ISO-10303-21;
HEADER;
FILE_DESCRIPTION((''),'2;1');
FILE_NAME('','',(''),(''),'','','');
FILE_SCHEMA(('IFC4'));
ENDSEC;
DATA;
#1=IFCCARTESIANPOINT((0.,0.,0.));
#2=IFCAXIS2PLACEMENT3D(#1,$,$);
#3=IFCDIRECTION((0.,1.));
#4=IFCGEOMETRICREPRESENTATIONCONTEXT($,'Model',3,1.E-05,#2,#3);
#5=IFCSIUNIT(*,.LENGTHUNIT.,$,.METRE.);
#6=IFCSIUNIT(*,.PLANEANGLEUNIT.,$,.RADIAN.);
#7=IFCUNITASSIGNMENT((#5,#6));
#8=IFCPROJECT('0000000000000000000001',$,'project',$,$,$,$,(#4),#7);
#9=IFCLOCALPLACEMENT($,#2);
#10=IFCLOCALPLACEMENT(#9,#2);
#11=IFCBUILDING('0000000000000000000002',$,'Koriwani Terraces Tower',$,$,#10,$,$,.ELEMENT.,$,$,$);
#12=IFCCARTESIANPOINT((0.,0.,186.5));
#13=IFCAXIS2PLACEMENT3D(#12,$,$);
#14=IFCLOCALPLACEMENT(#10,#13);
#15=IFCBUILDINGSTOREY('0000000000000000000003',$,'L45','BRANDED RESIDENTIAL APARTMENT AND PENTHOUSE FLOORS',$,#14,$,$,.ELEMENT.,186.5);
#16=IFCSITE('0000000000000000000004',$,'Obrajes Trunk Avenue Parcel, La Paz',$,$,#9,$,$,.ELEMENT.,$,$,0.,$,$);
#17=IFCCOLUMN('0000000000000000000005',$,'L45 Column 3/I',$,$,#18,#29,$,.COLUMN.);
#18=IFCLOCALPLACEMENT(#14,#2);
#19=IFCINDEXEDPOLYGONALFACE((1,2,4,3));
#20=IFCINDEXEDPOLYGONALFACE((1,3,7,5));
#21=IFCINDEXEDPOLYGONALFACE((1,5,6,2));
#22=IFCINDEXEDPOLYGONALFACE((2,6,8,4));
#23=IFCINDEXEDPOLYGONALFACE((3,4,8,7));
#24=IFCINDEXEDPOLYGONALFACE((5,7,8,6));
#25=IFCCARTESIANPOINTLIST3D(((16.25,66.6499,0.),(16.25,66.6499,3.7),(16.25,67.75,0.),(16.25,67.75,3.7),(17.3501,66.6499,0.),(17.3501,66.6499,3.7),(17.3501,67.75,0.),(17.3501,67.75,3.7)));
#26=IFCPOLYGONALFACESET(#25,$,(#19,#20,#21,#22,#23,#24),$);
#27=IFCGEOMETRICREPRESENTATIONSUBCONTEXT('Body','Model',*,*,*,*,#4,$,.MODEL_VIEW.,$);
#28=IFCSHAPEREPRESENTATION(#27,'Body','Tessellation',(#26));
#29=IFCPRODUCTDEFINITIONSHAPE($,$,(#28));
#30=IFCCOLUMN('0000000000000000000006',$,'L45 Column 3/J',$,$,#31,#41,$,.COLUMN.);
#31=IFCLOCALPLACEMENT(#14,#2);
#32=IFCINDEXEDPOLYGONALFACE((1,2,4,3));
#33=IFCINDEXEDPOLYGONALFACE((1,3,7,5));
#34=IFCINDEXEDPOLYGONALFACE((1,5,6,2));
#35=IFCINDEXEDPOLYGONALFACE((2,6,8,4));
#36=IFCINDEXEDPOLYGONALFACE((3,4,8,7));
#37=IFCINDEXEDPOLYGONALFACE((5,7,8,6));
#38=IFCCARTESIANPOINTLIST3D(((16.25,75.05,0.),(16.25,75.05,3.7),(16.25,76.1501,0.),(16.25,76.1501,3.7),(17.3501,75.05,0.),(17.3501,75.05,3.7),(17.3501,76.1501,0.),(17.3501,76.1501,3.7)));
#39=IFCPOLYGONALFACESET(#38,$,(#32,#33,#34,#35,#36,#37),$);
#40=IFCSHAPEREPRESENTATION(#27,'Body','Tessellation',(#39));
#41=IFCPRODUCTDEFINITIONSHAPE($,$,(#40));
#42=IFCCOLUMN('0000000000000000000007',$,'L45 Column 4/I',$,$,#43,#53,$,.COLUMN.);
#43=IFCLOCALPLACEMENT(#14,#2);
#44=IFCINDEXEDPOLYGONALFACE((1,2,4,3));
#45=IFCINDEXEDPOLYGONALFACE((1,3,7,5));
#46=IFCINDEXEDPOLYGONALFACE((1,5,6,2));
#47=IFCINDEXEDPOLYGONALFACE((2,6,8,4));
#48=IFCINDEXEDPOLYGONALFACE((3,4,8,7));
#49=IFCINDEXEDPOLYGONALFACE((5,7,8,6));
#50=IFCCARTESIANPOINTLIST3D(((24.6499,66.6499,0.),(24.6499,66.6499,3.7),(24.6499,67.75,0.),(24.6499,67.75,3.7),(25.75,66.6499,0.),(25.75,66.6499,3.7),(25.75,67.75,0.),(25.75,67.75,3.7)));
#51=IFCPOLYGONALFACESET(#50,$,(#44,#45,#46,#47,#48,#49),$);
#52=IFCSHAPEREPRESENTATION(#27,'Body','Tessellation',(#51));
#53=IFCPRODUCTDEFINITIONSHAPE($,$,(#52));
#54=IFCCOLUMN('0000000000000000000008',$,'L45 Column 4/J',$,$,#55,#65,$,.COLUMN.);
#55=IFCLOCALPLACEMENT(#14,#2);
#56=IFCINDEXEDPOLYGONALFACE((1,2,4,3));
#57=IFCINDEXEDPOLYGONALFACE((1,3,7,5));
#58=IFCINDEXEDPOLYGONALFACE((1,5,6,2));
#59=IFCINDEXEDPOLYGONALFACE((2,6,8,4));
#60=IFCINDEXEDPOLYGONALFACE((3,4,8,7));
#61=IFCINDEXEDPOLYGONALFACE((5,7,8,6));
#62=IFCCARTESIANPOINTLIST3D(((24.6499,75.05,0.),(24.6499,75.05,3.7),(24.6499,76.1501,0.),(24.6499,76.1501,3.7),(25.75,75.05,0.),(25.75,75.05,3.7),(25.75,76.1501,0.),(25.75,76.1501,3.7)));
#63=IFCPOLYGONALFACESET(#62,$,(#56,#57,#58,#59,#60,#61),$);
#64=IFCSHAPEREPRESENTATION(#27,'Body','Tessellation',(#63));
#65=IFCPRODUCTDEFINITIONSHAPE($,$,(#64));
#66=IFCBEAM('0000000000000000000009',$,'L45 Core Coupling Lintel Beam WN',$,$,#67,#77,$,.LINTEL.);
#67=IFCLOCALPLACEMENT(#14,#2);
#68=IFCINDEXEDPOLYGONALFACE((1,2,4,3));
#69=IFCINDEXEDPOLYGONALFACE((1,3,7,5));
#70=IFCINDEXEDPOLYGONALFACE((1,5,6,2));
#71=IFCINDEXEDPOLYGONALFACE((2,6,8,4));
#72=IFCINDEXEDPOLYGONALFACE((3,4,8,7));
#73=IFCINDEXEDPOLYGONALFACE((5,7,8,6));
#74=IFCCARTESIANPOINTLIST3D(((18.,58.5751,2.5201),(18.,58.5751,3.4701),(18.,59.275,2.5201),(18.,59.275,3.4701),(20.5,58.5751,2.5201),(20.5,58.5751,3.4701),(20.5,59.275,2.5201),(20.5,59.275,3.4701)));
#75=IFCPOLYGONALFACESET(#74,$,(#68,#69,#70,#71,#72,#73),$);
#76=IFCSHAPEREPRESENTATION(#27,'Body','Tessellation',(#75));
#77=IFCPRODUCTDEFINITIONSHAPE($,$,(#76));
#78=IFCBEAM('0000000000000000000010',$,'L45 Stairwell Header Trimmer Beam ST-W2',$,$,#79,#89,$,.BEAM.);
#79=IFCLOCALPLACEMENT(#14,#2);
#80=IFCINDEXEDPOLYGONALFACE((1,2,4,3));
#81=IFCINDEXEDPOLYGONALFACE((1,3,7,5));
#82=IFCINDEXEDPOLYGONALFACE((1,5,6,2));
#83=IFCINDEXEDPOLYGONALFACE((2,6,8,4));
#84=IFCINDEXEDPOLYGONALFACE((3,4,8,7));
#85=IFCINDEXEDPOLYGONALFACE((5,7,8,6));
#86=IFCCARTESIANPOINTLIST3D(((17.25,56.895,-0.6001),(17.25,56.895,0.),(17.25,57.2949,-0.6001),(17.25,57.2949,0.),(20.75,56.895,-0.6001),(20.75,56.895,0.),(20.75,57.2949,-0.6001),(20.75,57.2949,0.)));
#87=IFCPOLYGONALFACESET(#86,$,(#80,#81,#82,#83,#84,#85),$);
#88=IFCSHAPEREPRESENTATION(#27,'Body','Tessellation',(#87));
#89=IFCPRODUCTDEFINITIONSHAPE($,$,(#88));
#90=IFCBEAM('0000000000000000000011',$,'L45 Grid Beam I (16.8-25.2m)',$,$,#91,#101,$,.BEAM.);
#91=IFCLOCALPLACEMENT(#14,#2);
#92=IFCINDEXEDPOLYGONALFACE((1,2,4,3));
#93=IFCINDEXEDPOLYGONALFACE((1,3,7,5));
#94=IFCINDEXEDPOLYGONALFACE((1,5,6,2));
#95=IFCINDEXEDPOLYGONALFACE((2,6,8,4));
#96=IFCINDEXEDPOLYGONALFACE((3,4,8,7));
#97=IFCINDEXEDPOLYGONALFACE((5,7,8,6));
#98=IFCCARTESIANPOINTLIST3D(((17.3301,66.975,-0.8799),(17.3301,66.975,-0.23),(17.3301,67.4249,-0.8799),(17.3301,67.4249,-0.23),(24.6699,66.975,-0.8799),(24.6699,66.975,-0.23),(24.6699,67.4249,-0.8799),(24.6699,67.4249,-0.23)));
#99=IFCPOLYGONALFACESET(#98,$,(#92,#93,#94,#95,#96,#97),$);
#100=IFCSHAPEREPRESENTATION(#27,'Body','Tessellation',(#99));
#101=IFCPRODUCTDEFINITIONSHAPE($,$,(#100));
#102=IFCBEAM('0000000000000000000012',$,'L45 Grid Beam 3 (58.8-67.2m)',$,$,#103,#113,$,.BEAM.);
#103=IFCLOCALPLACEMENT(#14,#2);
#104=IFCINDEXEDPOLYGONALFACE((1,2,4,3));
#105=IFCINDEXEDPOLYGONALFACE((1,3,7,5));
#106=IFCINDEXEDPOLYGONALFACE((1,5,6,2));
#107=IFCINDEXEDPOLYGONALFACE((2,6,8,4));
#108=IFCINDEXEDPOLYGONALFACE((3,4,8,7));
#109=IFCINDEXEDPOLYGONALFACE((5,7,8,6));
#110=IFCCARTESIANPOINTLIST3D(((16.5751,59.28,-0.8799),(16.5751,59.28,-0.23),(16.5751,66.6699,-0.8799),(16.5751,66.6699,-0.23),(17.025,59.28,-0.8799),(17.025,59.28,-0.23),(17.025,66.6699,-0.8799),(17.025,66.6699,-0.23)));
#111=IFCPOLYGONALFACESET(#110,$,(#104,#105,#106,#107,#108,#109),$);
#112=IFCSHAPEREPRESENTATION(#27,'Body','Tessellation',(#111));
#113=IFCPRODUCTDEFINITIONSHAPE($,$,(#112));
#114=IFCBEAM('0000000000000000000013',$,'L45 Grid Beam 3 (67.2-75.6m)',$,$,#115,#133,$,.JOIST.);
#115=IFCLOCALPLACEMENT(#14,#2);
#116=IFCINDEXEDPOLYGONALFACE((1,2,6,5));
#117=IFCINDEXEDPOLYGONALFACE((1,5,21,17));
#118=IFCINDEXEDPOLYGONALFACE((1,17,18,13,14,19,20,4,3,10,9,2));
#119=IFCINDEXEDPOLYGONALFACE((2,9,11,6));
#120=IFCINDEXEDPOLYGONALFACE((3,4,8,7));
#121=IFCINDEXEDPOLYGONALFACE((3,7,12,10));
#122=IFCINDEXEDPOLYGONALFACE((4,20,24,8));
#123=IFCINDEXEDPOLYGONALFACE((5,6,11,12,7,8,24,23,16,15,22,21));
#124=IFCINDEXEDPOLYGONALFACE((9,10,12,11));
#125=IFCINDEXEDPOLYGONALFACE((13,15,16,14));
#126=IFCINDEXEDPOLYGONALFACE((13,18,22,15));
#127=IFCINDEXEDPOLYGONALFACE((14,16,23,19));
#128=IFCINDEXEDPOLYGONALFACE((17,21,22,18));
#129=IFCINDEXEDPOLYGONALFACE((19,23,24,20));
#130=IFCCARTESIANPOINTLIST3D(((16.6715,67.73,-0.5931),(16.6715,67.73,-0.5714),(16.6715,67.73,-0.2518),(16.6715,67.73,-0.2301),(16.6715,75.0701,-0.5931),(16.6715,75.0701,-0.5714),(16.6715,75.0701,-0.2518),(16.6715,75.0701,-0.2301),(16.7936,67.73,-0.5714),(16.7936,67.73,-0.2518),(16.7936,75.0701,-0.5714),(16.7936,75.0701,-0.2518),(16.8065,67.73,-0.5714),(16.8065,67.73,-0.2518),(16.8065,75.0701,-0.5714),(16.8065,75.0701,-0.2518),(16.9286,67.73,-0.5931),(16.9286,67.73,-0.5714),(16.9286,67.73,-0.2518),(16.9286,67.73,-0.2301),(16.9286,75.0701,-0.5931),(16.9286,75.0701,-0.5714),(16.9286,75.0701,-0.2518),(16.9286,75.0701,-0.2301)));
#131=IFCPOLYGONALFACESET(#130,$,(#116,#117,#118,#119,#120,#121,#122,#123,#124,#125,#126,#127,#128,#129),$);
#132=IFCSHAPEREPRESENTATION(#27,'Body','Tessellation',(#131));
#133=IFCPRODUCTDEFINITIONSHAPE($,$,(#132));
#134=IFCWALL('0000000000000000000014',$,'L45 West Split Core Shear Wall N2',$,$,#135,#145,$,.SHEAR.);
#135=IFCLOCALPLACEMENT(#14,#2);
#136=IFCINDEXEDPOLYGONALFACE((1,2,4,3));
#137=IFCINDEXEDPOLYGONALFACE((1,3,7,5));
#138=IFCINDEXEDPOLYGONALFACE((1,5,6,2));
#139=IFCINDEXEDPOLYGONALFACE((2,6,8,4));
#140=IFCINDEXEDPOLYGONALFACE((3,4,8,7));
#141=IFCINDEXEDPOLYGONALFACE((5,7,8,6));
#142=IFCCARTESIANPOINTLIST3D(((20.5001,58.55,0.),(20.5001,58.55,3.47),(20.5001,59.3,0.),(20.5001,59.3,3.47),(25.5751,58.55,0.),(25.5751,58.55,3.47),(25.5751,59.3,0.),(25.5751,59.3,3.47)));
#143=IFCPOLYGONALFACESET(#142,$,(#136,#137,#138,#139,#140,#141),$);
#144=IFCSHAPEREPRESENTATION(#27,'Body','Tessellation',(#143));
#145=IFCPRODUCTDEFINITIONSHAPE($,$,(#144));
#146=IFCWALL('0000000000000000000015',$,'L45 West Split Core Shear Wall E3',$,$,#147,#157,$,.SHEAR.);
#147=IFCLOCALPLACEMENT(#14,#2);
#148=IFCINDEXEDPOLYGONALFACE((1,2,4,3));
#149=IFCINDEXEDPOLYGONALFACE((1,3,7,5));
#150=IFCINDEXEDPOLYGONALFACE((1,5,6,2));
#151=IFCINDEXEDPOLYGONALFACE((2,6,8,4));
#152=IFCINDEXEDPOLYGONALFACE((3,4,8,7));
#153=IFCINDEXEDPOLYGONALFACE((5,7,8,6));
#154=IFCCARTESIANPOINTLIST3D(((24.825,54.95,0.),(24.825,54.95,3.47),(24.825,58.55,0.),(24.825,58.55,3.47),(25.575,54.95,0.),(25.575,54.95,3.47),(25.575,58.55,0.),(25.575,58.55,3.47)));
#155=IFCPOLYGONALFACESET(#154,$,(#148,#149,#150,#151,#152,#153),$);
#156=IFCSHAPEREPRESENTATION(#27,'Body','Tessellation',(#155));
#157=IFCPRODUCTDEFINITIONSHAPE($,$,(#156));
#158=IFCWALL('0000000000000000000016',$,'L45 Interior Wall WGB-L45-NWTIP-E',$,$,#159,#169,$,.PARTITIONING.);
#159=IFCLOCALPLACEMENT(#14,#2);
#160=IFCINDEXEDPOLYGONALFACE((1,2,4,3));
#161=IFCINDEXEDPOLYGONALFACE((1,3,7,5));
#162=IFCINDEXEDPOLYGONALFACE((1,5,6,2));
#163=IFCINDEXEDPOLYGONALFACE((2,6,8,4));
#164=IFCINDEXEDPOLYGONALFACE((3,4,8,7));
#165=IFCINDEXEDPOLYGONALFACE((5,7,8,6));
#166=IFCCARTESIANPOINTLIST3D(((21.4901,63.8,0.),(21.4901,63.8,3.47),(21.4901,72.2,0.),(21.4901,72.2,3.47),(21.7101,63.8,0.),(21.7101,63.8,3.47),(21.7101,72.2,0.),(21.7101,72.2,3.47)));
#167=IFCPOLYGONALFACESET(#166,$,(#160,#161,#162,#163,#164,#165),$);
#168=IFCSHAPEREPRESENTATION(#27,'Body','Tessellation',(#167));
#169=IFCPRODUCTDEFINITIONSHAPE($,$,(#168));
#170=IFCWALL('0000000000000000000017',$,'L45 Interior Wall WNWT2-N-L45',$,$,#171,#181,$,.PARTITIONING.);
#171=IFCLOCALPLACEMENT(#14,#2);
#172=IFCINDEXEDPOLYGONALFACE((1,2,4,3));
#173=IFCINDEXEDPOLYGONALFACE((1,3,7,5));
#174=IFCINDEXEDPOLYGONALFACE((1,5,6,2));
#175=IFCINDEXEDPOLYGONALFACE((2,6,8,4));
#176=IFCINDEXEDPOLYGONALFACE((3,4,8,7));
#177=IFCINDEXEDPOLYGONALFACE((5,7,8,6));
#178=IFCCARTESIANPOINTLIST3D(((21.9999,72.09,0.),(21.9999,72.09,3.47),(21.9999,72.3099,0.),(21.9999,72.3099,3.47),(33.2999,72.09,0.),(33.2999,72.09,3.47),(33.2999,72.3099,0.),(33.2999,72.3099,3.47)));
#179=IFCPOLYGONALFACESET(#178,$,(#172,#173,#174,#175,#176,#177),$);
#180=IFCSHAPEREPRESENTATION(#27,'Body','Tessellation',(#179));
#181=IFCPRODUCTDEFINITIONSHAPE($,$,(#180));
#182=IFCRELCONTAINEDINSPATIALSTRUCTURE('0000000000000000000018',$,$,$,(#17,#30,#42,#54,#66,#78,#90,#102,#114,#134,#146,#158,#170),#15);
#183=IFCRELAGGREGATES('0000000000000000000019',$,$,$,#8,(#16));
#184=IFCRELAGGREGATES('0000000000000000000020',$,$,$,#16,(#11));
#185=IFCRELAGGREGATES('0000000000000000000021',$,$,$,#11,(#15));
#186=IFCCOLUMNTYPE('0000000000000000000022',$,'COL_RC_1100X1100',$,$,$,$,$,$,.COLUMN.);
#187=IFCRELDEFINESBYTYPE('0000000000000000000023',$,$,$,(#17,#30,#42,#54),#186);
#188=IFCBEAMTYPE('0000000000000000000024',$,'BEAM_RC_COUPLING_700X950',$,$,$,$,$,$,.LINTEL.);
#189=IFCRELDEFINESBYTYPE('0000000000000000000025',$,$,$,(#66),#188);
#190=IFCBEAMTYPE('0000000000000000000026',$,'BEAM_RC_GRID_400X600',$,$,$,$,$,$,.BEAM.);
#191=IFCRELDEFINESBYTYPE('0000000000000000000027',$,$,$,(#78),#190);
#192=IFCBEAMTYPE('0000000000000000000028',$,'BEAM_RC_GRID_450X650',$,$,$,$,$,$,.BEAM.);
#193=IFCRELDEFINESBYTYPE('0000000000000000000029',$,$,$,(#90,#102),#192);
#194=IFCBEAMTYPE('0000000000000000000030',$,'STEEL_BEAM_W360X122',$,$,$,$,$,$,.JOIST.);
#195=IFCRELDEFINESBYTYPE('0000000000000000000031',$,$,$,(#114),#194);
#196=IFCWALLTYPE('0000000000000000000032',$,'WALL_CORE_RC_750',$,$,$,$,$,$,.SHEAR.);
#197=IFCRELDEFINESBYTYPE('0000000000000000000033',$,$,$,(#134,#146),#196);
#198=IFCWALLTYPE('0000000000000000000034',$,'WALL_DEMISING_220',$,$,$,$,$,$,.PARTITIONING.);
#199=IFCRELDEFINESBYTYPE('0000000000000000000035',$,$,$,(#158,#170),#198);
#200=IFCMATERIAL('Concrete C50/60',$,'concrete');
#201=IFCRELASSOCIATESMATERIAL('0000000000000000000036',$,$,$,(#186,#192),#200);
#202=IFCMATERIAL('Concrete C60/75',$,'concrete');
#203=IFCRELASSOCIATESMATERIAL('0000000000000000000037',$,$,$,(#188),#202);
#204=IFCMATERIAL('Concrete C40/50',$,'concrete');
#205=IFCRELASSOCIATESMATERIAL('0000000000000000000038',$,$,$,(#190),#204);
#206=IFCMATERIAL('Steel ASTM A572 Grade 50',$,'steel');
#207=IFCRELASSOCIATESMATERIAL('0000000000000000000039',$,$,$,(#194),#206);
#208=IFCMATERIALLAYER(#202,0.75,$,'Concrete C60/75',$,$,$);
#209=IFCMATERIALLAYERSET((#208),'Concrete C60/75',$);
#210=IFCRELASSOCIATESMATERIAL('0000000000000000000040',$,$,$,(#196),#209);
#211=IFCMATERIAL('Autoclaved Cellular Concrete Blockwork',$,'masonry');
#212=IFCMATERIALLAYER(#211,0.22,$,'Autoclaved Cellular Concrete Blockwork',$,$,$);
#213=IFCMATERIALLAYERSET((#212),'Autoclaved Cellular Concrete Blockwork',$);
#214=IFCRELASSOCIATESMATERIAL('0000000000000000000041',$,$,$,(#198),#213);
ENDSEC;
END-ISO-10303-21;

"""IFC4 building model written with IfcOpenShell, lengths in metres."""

from ifc_helpers import new_model, si_unit, direction, frame, frame_2d, origin, origin_2d, place, context, subcontext, project, spatial, rectangle, i_section, extrude, material, layer, layer_set, material_profile, profile_set, type_object, element, save


model = new_model("IFC4")

# Units and contexts
model_context = context("Model", 3, precision=1e-05, world=origin(), true_north=direction((0.0, 1.0)))
body_context = subcontext(model_context, "Body", "Model", "MODEL_VIEW")
ifc_project = project(units=[si_unit("LENGTHUNIT", "METRE"), si_unit("PLANEANGLEUNIT", "RADIAN")], contexts=[model_context])

# Site, building, storey
site_placement = place(None, origin())
site = spatial("IfcSite", under=ifc_project, at=site_placement, Name="Obrajes Trunk Avenue Parcel, La Paz", CompositionType="ELEMENT", RefElevation=0.0)
building_placement = place(site_placement, origin())
building = spatial("IfcBuilding", under=site, at=building_placement, Name="Koriwani Terraces Tower", CompositionType="ELEMENT")
storey_placement = place(building_placement, frame((0.0, 0.0, 186.5)))
storey = spatial("IfcBuildingStorey", under=building, at=storey_placement, Name="L45", Description="BRANDED RESIDENTIAL APARTMENT AND PENTHOUSE FLOORS", CompositionType="ELEMENT", Elevation=186.5)

# Columns
ifc_material_1 = material(Name="Concrete C50/60", Category="concrete")
ifc_material_profile_1 = material_profile(ifc_material_1, rectangle(XDim=1.1001, YDim=1.1001, at=origin_2d()), Name="Concrete C50/60", Category="LoadBearing")
ifc_profile_set_1 = profile_set([ifc_material_profile_1], Name="Concrete C50/60")
column_type = type_object("IfcColumnType", Name="COL_RC_1100X1100", PredefinedType="COLUMN", material=ifc_profile_set_1)
for number, where, z_axis, x_axis, name in (
    (1, (16.8, 67.2, 0.0), (0.0, 0.0, 1.0), (1.0, 0.0, 0.0), "L45 Column 3/I"),
    (2, (16.8, 75.6001, 0.0), (0.0, 0.0, 1.0), (1.0, 0.0, 0.0), "L45 Column 3/J"),
    (3, (25.2, 67.2, 0.0), (0.0, 0.0, 1.0), (1.0, 0.0, 0.0), "L45 Column 4/I"),
    (4, (25.2, 75.6001, 0.0), (0.0, 0.0, 1.0), (1.0, 0.0, 0.0), "L45 Column 4/J"),
):
    element("IfcColumn", number, at=place(storey_placement, frame(where, z_axis=z_axis, x_axis=x_axis)), inside=storey, type_object=column_type, Name=name, PredefinedType="COLUMN", context=body_context, shape_type="SweptSolid", body=[
        extrude(rectangle(XDim=1.1001, YDim=1.1001, at=origin_2d()), origin(), (0.0, 0.0, 1.0), 3.7),
    ])

# Beams
ifc_material_2 = material(Name="Concrete C60/75", Category="concrete")
ifc_material_profile_2 = material_profile(ifc_material_2, rectangle(XDim=0.7, YDim=0.95, at=origin_2d()), Name="Concrete C60/75", Category="LoadBearing")
ifc_profile_set_2 = profile_set([ifc_material_profile_2], Name="Concrete C60/75")
beam_type_1 = type_object("IfcBeamType", Name="BEAM_RC_COUPLING_700X950", PredefinedType="LINTEL", material=ifc_profile_set_2)
beam_1_placement = place(storey_placement, frame((18.0, 58.925, 2.9951), z_axis=(1.0, 0.0, 0.0), x_axis=(0.0, 1.0, 0.0)))
element("IfcBeam", 5, at=beam_1_placement, inside=storey, type_object=beam_type_1, Name="L45 Core Coupling Lintel Beam WN", PredefinedType="LINTEL", context=body_context, shape_type="SweptSolid", body=[
    extrude(rectangle(XDim=0.7, YDim=0.95, at=origin_2d()), origin(), (0.0, 0.0, 1.0), 2.5),
])
ifc_material_3 = material(Name="Concrete C40/50", Category="concrete")
ifc_material_profile_3 = material_profile(ifc_material_3, rectangle(XDim=0.3999, YDim=0.6001, at=origin_2d()), Name="Concrete C40/50", Category="LoadBearing")
ifc_profile_set_3 = profile_set([ifc_material_profile_3], Name="Concrete C40/50")
beam_type_2 = type_object("IfcBeamType", Name="BEAM_RC_GRID_400X600", PredefinedType="BEAM", material=ifc_profile_set_3)
beam_2_placement = place(storey_placement, frame((17.25, 57.095, -0.3), z_axis=(1.0, 0.0, 0.0), x_axis=(0.0, 1.0, 0.0)))
element("IfcBeam", 6, at=beam_2_placement, inside=storey, type_object=beam_type_2, Name="L45 Stairwell Header Trimmer Beam ST-W2", PredefinedType="BEAM", context=body_context, shape_type="SweptSolid", body=[
    extrude(rectangle(XDim=0.3999, YDim=0.6001, at=origin_2d()), origin(), (0.0, 0.0, 1.0), 3.5),
])
ifc_material_profile_4 = material_profile(ifc_material_1, rectangle(XDim=0.45, YDim=0.6499, at=origin_2d()), Name="Concrete C50/60", Category="LoadBearing")
ifc_profile_set_4 = profile_set([ifc_material_profile_4], Name="Concrete C50/60")
beam_type_3 = type_object("IfcBeamType", Name="BEAM_RC_GRID_450X650", PredefinedType="BEAM", material=ifc_profile_set_4)
beam_3_placement = place(storey_placement, frame((17.3301, 67.2, -0.5549), z_axis=(1.0, 0.0, 0.0), x_axis=(0.0, 1.0, 0.0)))
element("IfcBeam", 7, at=beam_3_placement, inside=storey, type_object=beam_type_3, Name="L45 Grid Beam I (16.8-25.2m)", PredefinedType="BEAM", context=body_context, shape_type="SweptSolid", body=[
    extrude(rectangle(XDim=0.45, YDim=0.6499, at=origin_2d()), origin(), (0.0, 0.0, 1.0), 7.3398),
])
beam_4_placement = place(storey_placement, frame((16.8, 59.28, -0.5549), z_axis=(0.0, 1.0, 0.0), x_axis=(-1.0, 0.0, 0.0)))
element("IfcBeam", 8, at=beam_4_placement, inside=storey, type_object=beam_type_3, Name="L45 Grid Beam 3 (58.8-67.2m)", PredefinedType="BEAM", context=body_context, shape_type="SweptSolid", body=[
    extrude(rectangle(XDim=0.45, YDim=0.6499, at=origin_2d()), origin(), (0.0, 0.0, 1.0), 7.3899),
])
ifc_material_4 = material(Name="Steel ASTM A572 Grade 50", Category="steel")
ifc_material_profile_5 = material_profile(ifc_material_4, i_section(OverallWidth=0.2571, OverallDepth=0.363, WebThickness=0.0129, FlangeThickness=0.0217, at=origin_2d()), Name="Steel ASTM A572 Grade 50", Category="LoadBearing")
ifc_profile_set_5 = profile_set([ifc_material_profile_5], Name="Steel ASTM A572 Grade 50")
beam_type_4 = type_object("IfcBeamType", Name="STEEL_BEAM_W360X122", PredefinedType="JOIST", material=ifc_profile_set_5)
beam_5_placement = place(storey_placement, frame((16.8, 67.73, -0.4116), z_axis=(0.0, 1.0, 0.0), x_axis=(-1.0, 0.0, 0.0)))
element("IfcBeam", 9, at=beam_5_placement, inside=storey, type_object=beam_type_4, Name="L45 Grid Beam 3 (67.2-75.6m)", PredefinedType="JOIST", context=body_context, shape_type="SweptSolid", body=[
    extrude(i_section(OverallWidth=0.2571, OverallDepth=0.363, WebThickness=0.0129, FlangeThickness=0.0217, at=origin_2d()), origin(), (0.0, 0.0, 1.0), 7.3401),
])

# Walls
ifc_layer_1 = layer(ifc_material_2, 0.75, Name="Concrete C60/75")
ifc_layer_set_1 = layer_set([ifc_layer_1], Name="Concrete C60/75")
wall_type_1 = type_object("IfcWallType", Name="WALL_CORE_RC_750", PredefinedType="SHEAR", material=ifc_layer_set_1)
wall_1_placement = place(storey_placement, frame((20.5, 58.925, 0.0), z_axis=(0.0, 0.0, 1.0), x_axis=(1.0, 0.0, 0.0)))
element("IfcWall", 10, at=wall_1_placement, inside=storey, type_object=wall_type_1, Name="L45 West Split Core Shear Wall N2", PredefinedType="SHEAR", context=body_context, shape_type="SweptSolid", body=[
    extrude(rectangle(XDim=5.075, YDim=0.75, at=frame_2d((2.5376, 0.0))), origin(), (0.0, 0.0, 1.0), 3.47),
])
wall_2_placement = place(storey_placement, frame((25.2, 54.95, 0.0), z_axis=(0.0, 0.0, 1.0), x_axis=(0.0, 1.0, 0.0)))
element("IfcWall", 11, at=wall_2_placement, inside=storey, type_object=wall_type_1, Name="L45 West Split Core Shear Wall E3", PredefinedType="SHEAR", context=body_context, shape_type="SweptSolid", body=[
    extrude(rectangle(XDim=3.6001, YDim=0.75, at=frame_2d((1.8, 0.0))), origin(), (0.0, 0.0, 1.0), 3.47),
])
ifc_material_5 = material(Name="Autoclaved Cellular Concrete Blockwork", Category="masonry")
ifc_layer_2 = layer(ifc_material_5, 0.22, Name="Autoclaved Cellular Concrete Blockwork")
ifc_layer_set_2 = layer_set([ifc_layer_2], Name="Autoclaved Cellular Concrete Blockwork")
wall_type_2 = type_object("IfcWallType", Name="WALL_DEMISING_220", PredefinedType="PARTITIONING", material=ifc_layer_set_2)
wall_3_placement = place(storey_placement, frame((21.6001, 63.8, 0.0), z_axis=(0.0, 0.0, 1.0), x_axis=(0.0, 1.0, 0.0)))
element("IfcWall", 12, at=wall_3_placement, inside=storey, type_object=wall_type_2, Name="L45 Interior Wall WGB-L45-NWTIP-E", PredefinedType="PARTITIONING", context=body_context, shape_type="SweptSolid", body=[
    extrude(rectangle(XDim=8.3999, YDim=0.22, at=frame_2d((4.2, 0.0))), origin(), (0.0, 0.0, 1.0), 3.47),
])
wall_4_placement = place(storey_placement, frame((22.0, 72.2, 0.0), z_axis=(0.0, 0.0, 1.0), x_axis=(1.0, 0.0, 0.0)))
element("IfcWall", 13, at=wall_4_placement, inside=storey, type_object=wall_type_2, Name="L45 Interior Wall WNWT2-N-L45", PredefinedType="PARTITIONING", context=body_context, shape_type="SweptSolid", body=[
    extrude(rectangle(XDim=11.3, YDim=0.22, at=frame_2d((5.6499, 0.0))), origin(), (0.0, 0.0, 1.0), 3.47),
])

save(model, "model.ifc")
